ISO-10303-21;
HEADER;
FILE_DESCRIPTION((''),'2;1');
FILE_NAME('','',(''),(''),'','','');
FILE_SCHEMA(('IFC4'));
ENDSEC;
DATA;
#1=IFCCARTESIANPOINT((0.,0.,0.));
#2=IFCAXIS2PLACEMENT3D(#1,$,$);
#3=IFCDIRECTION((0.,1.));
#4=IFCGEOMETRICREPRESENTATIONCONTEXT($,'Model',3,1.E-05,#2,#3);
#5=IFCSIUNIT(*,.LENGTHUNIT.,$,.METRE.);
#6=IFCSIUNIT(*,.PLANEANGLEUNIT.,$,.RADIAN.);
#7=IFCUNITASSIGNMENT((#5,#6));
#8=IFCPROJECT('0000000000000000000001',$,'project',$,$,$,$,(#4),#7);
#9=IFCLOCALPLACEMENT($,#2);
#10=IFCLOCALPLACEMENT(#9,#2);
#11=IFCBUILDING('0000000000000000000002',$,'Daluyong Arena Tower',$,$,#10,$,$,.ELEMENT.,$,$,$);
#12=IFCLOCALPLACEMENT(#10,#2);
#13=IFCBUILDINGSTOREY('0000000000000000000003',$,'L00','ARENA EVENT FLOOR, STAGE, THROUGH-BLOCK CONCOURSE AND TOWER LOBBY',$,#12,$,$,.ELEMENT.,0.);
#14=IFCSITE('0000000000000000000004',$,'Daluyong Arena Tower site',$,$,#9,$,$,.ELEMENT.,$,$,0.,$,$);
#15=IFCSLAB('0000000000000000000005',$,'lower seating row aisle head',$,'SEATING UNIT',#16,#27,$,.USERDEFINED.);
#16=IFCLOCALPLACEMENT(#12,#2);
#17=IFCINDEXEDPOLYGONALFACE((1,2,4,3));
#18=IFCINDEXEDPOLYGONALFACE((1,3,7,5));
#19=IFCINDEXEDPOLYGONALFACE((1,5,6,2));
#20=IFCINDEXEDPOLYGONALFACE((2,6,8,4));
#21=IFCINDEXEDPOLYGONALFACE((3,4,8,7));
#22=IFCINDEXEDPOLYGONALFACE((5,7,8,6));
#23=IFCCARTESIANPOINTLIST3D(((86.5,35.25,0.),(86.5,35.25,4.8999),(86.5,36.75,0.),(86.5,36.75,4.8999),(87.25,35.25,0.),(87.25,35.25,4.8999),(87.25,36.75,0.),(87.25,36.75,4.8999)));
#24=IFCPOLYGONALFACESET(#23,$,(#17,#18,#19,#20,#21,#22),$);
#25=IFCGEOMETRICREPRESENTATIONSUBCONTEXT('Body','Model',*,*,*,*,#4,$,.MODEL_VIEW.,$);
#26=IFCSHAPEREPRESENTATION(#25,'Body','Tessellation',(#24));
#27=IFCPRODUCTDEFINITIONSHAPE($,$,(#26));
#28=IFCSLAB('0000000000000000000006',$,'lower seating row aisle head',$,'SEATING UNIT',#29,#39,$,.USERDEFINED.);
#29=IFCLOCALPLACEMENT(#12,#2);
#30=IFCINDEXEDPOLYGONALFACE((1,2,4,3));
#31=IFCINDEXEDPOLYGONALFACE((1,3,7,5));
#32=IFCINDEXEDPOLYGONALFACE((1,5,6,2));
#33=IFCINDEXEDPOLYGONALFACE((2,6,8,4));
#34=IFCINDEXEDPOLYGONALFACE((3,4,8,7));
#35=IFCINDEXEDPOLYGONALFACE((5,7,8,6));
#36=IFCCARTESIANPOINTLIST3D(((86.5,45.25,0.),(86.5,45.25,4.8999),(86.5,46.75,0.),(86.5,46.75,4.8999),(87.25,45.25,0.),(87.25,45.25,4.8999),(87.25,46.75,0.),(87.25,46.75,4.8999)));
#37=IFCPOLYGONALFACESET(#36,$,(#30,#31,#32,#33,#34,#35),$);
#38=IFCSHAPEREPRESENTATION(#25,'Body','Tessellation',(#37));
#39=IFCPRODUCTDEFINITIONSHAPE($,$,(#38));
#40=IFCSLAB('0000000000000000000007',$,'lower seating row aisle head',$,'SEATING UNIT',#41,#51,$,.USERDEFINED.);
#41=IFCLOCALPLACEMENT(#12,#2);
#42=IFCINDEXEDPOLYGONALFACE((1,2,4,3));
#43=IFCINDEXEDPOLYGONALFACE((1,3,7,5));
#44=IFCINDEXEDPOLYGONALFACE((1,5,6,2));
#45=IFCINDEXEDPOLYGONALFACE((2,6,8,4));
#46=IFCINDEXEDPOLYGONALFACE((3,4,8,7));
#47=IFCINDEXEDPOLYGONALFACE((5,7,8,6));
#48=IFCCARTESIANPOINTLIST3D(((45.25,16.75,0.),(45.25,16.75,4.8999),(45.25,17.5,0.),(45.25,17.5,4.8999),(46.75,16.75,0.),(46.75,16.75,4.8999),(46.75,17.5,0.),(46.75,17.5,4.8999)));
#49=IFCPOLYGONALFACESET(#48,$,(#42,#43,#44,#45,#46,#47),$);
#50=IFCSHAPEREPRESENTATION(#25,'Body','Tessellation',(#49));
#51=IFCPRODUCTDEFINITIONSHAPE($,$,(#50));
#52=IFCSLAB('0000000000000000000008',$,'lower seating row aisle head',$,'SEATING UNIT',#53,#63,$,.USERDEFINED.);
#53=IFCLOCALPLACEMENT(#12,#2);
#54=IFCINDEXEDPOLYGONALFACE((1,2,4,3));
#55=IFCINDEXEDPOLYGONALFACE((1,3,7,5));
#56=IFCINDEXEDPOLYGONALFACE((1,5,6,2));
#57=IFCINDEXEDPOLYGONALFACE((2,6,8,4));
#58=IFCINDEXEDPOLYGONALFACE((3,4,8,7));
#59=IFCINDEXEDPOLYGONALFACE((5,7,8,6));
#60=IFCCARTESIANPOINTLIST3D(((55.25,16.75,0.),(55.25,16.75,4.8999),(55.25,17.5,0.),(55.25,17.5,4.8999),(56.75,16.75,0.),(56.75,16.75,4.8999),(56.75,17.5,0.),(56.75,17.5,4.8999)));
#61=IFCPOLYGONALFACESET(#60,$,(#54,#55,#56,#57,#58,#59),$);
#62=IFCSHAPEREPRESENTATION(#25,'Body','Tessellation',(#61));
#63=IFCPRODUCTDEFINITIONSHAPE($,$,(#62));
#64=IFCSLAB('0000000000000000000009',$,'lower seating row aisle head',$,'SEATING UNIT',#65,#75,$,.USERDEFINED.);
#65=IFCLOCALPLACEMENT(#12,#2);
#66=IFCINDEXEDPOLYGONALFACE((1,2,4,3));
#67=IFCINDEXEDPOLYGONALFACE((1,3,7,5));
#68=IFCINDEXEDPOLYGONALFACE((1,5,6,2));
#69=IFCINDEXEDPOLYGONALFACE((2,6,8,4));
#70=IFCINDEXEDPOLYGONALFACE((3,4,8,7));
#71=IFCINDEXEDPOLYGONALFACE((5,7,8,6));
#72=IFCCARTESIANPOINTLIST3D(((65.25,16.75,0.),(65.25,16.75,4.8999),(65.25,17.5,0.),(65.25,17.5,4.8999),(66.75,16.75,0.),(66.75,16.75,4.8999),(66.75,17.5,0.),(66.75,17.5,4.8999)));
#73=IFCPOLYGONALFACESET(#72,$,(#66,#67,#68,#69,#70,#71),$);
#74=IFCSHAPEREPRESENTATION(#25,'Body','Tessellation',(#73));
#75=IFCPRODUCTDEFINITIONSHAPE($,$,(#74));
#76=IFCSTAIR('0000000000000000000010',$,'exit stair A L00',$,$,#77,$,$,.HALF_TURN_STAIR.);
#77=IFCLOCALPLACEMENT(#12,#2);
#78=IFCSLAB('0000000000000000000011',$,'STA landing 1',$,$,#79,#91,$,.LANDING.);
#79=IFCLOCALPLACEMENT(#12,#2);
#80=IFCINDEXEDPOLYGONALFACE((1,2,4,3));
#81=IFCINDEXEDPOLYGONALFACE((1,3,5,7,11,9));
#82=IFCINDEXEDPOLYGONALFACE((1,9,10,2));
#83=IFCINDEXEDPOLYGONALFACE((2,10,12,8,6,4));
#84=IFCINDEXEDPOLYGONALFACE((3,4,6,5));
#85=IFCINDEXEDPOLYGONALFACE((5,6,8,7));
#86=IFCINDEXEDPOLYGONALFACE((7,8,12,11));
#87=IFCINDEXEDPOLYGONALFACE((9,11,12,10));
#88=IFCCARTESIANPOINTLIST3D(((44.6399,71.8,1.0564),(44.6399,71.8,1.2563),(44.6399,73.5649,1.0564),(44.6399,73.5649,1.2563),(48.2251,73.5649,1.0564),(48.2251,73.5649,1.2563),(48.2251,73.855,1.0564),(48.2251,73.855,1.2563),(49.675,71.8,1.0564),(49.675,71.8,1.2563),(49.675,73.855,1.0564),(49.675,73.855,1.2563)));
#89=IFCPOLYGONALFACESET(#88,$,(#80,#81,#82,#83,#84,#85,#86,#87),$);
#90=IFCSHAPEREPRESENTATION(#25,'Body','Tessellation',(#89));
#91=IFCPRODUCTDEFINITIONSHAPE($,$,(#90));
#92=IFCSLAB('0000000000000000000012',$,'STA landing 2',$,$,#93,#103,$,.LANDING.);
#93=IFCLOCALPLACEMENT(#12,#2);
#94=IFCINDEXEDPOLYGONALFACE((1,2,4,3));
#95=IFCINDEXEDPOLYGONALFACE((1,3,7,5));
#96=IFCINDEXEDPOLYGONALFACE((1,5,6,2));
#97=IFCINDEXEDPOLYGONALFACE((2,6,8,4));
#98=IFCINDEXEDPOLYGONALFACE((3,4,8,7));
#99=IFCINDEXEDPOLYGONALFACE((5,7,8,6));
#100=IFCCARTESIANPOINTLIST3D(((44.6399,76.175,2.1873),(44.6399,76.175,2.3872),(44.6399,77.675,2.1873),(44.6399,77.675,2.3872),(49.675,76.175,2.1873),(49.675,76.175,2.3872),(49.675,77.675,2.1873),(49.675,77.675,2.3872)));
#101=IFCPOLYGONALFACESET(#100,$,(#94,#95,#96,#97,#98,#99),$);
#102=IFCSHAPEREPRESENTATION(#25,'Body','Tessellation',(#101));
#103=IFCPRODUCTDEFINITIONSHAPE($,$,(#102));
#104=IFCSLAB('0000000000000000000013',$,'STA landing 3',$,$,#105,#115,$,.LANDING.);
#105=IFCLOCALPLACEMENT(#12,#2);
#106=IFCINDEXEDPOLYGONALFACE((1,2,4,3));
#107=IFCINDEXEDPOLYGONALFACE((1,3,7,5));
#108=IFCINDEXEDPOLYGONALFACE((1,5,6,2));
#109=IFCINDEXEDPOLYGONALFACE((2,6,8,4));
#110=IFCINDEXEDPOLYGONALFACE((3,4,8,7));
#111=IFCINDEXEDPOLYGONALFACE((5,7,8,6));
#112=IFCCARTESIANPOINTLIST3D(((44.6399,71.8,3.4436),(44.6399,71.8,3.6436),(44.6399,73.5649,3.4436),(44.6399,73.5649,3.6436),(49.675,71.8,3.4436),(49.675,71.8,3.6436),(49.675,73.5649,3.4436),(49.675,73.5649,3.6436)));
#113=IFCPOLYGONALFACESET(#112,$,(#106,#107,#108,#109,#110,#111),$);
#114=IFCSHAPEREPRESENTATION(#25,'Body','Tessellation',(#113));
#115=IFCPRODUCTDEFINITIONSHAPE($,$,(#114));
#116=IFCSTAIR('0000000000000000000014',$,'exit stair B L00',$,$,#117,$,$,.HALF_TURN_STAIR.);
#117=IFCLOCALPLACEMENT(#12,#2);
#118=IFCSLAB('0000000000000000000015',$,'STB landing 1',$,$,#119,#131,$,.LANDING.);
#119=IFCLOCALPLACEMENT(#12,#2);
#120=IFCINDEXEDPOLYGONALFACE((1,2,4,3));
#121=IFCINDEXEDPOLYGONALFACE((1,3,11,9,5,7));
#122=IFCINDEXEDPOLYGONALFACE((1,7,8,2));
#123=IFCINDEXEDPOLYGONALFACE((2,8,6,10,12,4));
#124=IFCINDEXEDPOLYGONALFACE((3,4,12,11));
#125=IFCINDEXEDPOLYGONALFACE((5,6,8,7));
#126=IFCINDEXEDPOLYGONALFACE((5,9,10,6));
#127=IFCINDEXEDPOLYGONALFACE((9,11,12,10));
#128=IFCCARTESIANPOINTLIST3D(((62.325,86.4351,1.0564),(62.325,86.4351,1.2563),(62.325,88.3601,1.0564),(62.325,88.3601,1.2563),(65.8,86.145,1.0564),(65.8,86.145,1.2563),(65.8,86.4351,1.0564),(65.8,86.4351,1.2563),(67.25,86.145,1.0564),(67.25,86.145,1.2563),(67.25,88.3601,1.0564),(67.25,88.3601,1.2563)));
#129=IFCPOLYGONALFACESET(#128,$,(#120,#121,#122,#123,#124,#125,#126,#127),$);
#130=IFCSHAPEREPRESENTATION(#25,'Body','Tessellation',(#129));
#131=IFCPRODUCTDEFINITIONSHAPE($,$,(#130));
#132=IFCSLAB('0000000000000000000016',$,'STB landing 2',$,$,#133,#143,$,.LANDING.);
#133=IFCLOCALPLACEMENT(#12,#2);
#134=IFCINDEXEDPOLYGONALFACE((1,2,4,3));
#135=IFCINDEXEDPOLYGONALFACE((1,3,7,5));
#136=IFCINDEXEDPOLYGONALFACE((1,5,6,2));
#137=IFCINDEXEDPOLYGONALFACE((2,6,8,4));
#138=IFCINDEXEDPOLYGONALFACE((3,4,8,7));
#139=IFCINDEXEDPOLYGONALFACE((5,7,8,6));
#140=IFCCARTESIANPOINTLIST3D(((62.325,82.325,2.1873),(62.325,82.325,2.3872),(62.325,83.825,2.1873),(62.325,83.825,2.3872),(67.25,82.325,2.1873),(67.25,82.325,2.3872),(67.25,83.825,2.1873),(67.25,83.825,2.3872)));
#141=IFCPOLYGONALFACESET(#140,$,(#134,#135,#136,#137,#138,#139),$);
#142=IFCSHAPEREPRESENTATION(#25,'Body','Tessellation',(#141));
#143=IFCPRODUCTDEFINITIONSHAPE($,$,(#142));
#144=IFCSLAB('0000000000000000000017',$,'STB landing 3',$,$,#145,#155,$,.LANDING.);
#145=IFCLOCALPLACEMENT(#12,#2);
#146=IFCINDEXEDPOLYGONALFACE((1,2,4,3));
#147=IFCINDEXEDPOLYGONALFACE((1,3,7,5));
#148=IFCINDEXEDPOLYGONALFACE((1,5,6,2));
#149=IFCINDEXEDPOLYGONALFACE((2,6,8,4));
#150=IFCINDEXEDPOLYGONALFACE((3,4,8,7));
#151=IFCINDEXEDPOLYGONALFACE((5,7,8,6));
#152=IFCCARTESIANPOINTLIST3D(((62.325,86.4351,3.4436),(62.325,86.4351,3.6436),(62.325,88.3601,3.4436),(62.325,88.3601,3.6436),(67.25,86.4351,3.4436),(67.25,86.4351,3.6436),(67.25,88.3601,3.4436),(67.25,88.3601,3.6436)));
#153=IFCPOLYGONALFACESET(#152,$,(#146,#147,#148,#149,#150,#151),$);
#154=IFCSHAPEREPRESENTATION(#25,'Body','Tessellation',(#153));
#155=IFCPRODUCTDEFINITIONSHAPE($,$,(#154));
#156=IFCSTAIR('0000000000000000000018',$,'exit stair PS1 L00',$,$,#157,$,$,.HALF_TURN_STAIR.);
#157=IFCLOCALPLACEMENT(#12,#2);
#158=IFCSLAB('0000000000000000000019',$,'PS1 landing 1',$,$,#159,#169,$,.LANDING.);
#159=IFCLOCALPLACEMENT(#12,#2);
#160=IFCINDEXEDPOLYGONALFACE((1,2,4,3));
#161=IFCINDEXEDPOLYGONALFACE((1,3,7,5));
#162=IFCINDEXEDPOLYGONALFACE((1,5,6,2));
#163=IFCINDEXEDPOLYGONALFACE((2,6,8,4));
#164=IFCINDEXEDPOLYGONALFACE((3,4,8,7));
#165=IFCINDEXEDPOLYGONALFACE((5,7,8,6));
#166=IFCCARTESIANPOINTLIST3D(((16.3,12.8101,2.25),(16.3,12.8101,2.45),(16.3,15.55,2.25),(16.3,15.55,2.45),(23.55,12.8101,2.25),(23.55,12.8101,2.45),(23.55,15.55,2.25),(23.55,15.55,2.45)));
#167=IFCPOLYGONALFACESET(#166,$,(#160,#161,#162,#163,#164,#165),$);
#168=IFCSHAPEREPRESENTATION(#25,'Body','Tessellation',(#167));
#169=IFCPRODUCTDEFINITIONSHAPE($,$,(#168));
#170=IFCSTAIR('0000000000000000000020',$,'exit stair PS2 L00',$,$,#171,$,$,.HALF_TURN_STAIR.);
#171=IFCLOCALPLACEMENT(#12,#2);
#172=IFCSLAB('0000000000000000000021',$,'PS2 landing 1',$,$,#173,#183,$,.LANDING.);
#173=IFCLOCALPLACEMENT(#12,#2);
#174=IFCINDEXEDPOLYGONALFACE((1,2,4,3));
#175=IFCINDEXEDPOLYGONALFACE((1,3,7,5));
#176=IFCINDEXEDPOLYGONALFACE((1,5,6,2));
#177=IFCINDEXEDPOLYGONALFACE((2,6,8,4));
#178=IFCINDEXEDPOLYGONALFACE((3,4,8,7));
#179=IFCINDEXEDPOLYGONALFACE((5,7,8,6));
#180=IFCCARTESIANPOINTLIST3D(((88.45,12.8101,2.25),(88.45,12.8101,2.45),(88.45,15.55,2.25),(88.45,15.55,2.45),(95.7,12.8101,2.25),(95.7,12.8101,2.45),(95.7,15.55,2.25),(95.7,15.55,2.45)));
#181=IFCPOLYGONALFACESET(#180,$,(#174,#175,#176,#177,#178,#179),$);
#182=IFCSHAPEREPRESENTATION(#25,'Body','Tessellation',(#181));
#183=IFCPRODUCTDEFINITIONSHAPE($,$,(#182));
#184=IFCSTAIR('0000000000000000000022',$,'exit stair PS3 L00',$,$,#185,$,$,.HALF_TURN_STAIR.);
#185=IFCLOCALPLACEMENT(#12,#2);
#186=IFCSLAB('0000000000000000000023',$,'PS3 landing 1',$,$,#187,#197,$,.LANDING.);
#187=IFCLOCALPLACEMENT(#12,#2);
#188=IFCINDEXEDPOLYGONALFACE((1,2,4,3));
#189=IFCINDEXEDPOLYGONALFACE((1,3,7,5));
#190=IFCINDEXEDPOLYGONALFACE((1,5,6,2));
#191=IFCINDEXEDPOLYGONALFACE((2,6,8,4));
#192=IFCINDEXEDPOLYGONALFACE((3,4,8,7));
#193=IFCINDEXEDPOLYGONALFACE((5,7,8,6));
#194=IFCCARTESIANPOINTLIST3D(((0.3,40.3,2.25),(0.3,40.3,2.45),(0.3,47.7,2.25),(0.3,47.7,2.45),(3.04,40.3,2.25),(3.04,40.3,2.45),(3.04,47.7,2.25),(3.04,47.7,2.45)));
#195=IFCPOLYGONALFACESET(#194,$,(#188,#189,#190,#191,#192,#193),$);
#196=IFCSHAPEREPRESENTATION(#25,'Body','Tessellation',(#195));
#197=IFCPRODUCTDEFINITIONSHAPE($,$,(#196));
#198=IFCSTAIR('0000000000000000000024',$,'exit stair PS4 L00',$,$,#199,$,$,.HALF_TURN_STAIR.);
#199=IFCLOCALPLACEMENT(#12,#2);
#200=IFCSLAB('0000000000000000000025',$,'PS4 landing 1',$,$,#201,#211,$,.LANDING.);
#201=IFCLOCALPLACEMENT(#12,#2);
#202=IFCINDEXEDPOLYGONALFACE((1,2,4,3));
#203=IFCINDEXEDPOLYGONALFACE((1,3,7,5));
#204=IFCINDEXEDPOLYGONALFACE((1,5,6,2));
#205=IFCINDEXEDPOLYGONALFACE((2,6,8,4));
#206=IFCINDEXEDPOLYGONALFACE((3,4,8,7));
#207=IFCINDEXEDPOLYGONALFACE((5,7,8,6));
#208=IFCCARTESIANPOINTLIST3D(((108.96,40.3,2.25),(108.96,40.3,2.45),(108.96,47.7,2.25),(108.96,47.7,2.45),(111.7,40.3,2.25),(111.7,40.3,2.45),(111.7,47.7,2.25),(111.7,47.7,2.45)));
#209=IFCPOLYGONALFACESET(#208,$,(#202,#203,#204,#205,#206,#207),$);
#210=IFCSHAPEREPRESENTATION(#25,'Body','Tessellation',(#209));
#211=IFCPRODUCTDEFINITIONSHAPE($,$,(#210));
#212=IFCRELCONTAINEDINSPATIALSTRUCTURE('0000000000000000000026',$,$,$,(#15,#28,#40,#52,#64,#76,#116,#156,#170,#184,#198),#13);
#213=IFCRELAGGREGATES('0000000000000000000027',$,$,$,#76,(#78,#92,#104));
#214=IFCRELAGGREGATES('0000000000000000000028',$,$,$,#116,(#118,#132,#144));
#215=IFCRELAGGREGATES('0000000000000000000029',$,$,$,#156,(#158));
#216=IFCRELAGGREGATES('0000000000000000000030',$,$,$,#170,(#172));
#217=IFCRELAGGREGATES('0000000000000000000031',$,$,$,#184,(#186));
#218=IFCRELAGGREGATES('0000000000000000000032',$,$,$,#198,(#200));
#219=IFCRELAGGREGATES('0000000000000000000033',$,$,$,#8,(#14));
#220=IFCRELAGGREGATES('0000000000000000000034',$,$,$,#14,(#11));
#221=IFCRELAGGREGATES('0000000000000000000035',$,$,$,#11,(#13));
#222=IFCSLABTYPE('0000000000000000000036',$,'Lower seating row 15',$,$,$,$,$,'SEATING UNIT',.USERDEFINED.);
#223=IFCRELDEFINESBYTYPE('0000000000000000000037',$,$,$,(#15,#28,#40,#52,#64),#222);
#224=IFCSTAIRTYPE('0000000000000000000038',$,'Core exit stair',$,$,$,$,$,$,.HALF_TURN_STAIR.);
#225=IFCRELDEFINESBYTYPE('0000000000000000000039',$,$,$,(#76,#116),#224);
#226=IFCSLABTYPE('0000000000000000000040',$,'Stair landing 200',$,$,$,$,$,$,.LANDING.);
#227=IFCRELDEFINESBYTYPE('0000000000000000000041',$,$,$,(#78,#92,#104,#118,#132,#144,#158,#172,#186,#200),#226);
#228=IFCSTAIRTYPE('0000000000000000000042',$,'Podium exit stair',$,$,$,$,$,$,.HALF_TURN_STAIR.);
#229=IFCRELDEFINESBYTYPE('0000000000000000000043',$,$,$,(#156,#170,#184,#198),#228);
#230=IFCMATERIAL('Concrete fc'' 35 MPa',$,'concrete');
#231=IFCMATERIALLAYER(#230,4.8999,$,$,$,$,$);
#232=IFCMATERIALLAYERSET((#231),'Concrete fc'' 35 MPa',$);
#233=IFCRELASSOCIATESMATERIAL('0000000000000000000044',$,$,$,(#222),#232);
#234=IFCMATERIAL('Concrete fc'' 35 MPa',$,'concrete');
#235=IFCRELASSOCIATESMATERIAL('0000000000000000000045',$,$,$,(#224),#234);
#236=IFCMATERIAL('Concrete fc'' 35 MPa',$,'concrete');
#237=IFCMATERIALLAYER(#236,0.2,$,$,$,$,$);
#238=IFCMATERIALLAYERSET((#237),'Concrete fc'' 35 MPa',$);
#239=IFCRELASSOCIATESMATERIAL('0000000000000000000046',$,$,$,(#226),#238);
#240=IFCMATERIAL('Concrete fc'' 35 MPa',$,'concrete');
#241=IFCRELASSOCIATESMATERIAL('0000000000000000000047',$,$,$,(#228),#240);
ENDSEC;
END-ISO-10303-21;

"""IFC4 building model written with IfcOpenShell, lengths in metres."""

from ifc_helpers import new_model, si_unit, direction, frame, origin, place, context, subcontext, project, spatial, polyline, outline, extrude, material, layer, layer_set, type_object, element, aggregate, save


model = new_model("IFC4")

# Units and contexts
model_context = context("Model", 3, precision=1e-05, world=origin(), true_north=direction((0.0, 1.0)))
body_context = subcontext(model_context, "Body", "Model", "MODEL_VIEW")
ifc_project = project(units=[si_unit("LENGTHUNIT", "METRE"), si_unit("PLANEANGLEUNIT", "RADIAN")], contexts=[model_context])

# Site, building, storey
site_placement = place(None, origin())
site = spatial("IfcSite", under=ifc_project, at=site_placement, Name="Daluyong Arena Tower site", CompositionType="ELEMENT", RefElevation=0.0)
building_placement = place(site_placement, origin())
building = spatial("IfcBuilding", under=site, at=building_placement, Name="Daluyong Arena Tower", CompositionType="ELEMENT")
storey_placement = place(building_placement, origin())
storey = spatial("IfcBuildingStorey", under=building, at=storey_placement, Name="L00", Description="ARENA EVENT FLOOR, STAGE, THROUGH-BLOCK CONCOURSE AND TOWER LOBBY", CompositionType="ELEMENT", Elevation=0.0)

# Slabs
ifc_material_1 = material(Name="Concrete fc' 35 MPa", Category="concrete")
ifc_layer_1 = layer(ifc_material_1, 4.8999)
ifc_layer_set_1 = layer_set([ifc_layer_1], Name="Concrete fc' 35 MPa")
slab_type_1 = type_object("IfcSlabType", Name="Lower seating row 15", ElementType="SEATING UNIT", PredefinedType="USERDEFINED", material=ifc_layer_set_1)
slab_1_placement = place(storey_placement, origin())
element("IfcSlab", 1, at=slab_1_placement, inside=storey, type_object=slab_type_1, Name="lower seating row aisle head", ObjectType="SEATING UNIT", PredefinedType="USERDEFINED", context=body_context, shape_type="SweptSolid", body=[
    extrude(outline(polyline([(87.25, 35.25), (87.25, 36.75), (86.5, 36.75), (86.5, 35.25), (87.25, 35.25)])), origin(), (0.0, 0.0, 1.0), 4.8999),
])
slab_2_placement = place(storey_placement, origin())
element("IfcSlab", 2, at=slab_2_placement, inside=storey, type_object=slab_type_1, Name="lower seating row aisle head", ObjectType="SEATING UNIT", PredefinedType="USERDEFINED", context=body_context, shape_type="SweptSolid", body=[
    extrude(outline(polyline([(87.25, 45.25), (87.25, 46.75), (86.5, 46.75), (86.5, 45.25), (87.25, 45.25)])), origin(), (0.0, 0.0, 1.0), 4.8999),
])
slab_3_placement = place(storey_placement, origin())
element("IfcSlab", 3, at=slab_3_placement, inside=storey, type_object=slab_type_1, Name="lower seating row aisle head", ObjectType="SEATING UNIT", PredefinedType="USERDEFINED", context=body_context, shape_type="SweptSolid", body=[
    extrude(outline(polyline([(46.75, 16.75), (46.75, 17.5), (45.25, 17.5), (45.25, 16.75), (46.75, 16.75)])), origin(), (0.0, 0.0, 1.0), 4.8999),
])
slab_4_placement = place(storey_placement, origin())
element("IfcSlab", 4, at=slab_4_placement, inside=storey, type_object=slab_type_1, Name="lower seating row aisle head", ObjectType="SEATING UNIT", PredefinedType="USERDEFINED", context=body_context, shape_type="SweptSolid", body=[
    extrude(outline(polyline([(56.75, 16.75), (56.75, 17.5), (55.25, 17.5), (55.25, 16.75), (56.75, 16.75)])), origin(), (0.0, 0.0, 1.0), 4.8999),
])
slab_5_placement = place(storey_placement, origin())
element("IfcSlab", 5, at=slab_5_placement, inside=storey, type_object=slab_type_1, Name="lower seating row aisle head", ObjectType="SEATING UNIT", PredefinedType="USERDEFINED", context=body_context, shape_type="SweptSolid", body=[
    extrude(outline(polyline([(66.75, 16.75), (66.75, 17.5), (65.25, 17.5), (65.25, 16.75), (66.75, 16.75)])), origin(), (0.0, 0.0, 1.0), 4.8999),
])

# Stairs, slabs
ifc_material_2 = material(Name="Concrete fc' 35 MPa", Category="concrete")
stair_type_1 = type_object("IfcStairType", Name="Core exit stair", PredefinedType="HALF_TURN_STAIR", material=ifc_material_2)
stair_1_placement = place(storey_placement, origin())
stair_1 = element("IfcStair", 6, at=stair_1_placement, inside=storey, type_object=stair_type_1, Name="exit stair A L00", PredefinedType="HALF_TURN_STAIR")
ifc_material_3 = material(Name="Concrete fc' 35 MPa", Category="concrete")
ifc_layer_2 = layer(ifc_material_3, 0.2)
ifc_layer_set_2 = layer_set([ifc_layer_2], Name="Concrete fc' 35 MPa")
slab_type_2 = type_object("IfcSlabType", Name="Stair landing 200", PredefinedType="LANDING", material=ifc_layer_set_2)
slab_6_placement = place(storey_placement, frame((0.0, 0.0, 1.0564)))
slab_6 = element("IfcSlab", 7, at=slab_6_placement, type_object=slab_type_2, Name="STA landing 1", PredefinedType="LANDING", context=body_context, shape_type="SweptSolid", body=[
    extrude(outline(polyline([(44.6399, 71.8), (49.675, 71.8), (49.675, 73.855), (48.2251, 73.855), (48.2251, 73.5649), (44.6399, 73.5649), (44.6399, 71.8)])), origin(), (0.0, 0.0, 1.0), 0.2),
])
slab_7_placement = place(storey_placement, frame((0.0, 0.0, 2.1873)))
slab_7 = element("IfcSlab", 8, at=slab_7_placement, type_object=slab_type_2, Name="STA landing 2", PredefinedType="LANDING", context=body_context, shape_type="SweptSolid", body=[
    extrude(outline(polyline([(44.6399, 76.175), (49.675, 76.175), (49.675, 77.675), (44.6399, 77.675), (44.6399, 76.175)])), origin(), (0.0, 0.0, 1.0), 0.2),
])
slab_8_placement = place(storey_placement, frame((0.0, 0.0, 3.4436)))
slab_8 = element("IfcSlab", 9, at=slab_8_placement, type_object=slab_type_2, Name="STA landing 3", PredefinedType="LANDING", context=body_context, shape_type="SweptSolid", body=[
    extrude(outline(polyline([(44.6399, 71.8), (49.675, 71.8), (49.675, 73.5649), (44.6399, 73.5649), (44.6399, 71.8)])), origin(), (0.0, 0.0, 1.0), 0.2),
])
aggregate(stair_1, [slab_6, slab_7, slab_8])
stair_2_placement = place(storey_placement, origin())
stair_2 = element("IfcStair", 10, at=stair_2_placement, inside=storey, type_object=stair_type_1, Name="exit stair B L00", PredefinedType="HALF_TURN_STAIR")
slab_9_placement = place(storey_placement, frame((0.0, 0.0, 1.0564)))
slab_9 = element("IfcSlab", 11, at=slab_9_placement, type_object=slab_type_2, Name="STB landing 1", PredefinedType="LANDING", context=body_context, shape_type="SweptSolid", body=[
    extrude(outline(polyline([(62.325, 86.4351), (65.8, 86.4351), (65.8, 86.145), (67.25, 86.145), (67.25, 88.3601), (62.325, 88.3601), (62.325, 86.4351)])), origin(), (0.0, 0.0, 1.0), 0.2),
])
slab_10_placement = place(storey_placement, frame((0.0, 0.0, 2.1873)))
slab_10 = element("IfcSlab", 12, at=slab_10_placement, type_object=slab_type_2, Name="STB landing 2", PredefinedType="LANDING", context=body_context, shape_type="SweptSolid", body=[
    extrude(outline(polyline([(62.325, 82.325), (67.25, 82.325), (67.25, 83.825), (62.325, 83.825), (62.325, 82.325)])), origin(), (0.0, 0.0, 1.0), 0.2),
])
slab_11_placement = place(storey_placement, frame((0.0, 0.0, 3.4436)))
slab_11 = element("IfcSlab", 13, at=slab_11_placement, type_object=slab_type_2, Name="STB landing 3", PredefinedType="LANDING", context=body_context, shape_type="SweptSolid", body=[
    extrude(outline(polyline([(62.325, 86.4351), (67.25, 86.4351), (67.25, 88.3601), (62.325, 88.3601), (62.325, 86.4351)])), origin(), (0.0, 0.0, 1.0), 0.2),
])
aggregate(stair_2, [slab_9, slab_10, slab_11])

# Stairs, slabs
ifc_material_4 = material(Name="Concrete fc' 35 MPa", Category="concrete")
stair_type_2 = type_object("IfcStairType", Name="Podium exit stair", PredefinedType="HALF_TURN_STAIR", material=ifc_material_4)
stair_3_placement = place(storey_placement, origin())
stair_3 = element("IfcStair", 14, at=stair_3_placement, inside=storey, type_object=stair_type_2, Name="exit stair PS1 L00", PredefinedType="HALF_TURN_STAIR")
slab_12_placement = place(storey_placement, frame((0.0, 0.0, 2.25)))
slab_12 = element("IfcSlab", 15, at=slab_12_placement, type_object=slab_type_2, Name="PS1 landing 1", PredefinedType="LANDING", context=body_context, shape_type="SweptSolid", body=[
    extrude(outline(polyline([(16.3, 12.8101), (23.55, 12.8101), (23.55, 15.55), (16.3, 15.55), (16.3, 12.8101)])), origin(), (0.0, 0.0, 1.0), 0.2),
])
aggregate(stair_3, [slab_12])
stair_4_placement = place(storey_placement, origin())
stair_4 = element("IfcStair", 16, at=stair_4_placement, inside=storey, type_object=stair_type_2, Name="exit stair PS2 L00", PredefinedType="HALF_TURN_STAIR")
slab_13_placement = place(storey_placement, frame((0.0, 0.0, 2.25)))
slab_13 = element("IfcSlab", 17, at=slab_13_placement, type_object=slab_type_2, Name="PS2 landing 1", PredefinedType="LANDING", context=body_context, shape_type="SweptSolid", body=[
    extrude(outline(polyline([(88.45, 12.8101), (95.7, 12.8101), (95.7, 15.55), (88.45, 15.55), (88.45, 12.8101)])), origin(), (0.0, 0.0, 1.0), 0.2),
])
aggregate(stair_4, [slab_13])
stair_5_placement = place(storey_placement, origin())
stair_5 = element("IfcStair", 18, at=stair_5_placement, inside=storey, type_object=stair_type_2, Name="exit stair PS3 L00", PredefinedType="HALF_TURN_STAIR")
slab_14_placement = place(storey_placement, frame((0.0, 0.0, 2.25)))
slab_14 = element("IfcSlab", 19, at=slab_14_placement, type_object=slab_type_2, Name="PS3 landing 1", PredefinedType="LANDING", context=body_context, shape_type="SweptSolid", body=[
    extrude(outline(polyline([(3.04, 40.3), (3.04, 47.7), (0.3, 47.7), (0.3, 40.3), (3.04, 40.3)])), origin(), (0.0, 0.0, 1.0), 0.2),
])
aggregate(stair_5, [slab_14])
stair_6_placement = place(storey_placement, origin())
stair_6 = element("IfcStair", 20, at=stair_6_placement, inside=storey, type_object=stair_type_2, Name="exit stair PS4 L00", PredefinedType="HALF_TURN_STAIR")
slab_15_placement = place(storey_placement, frame((0.0, 0.0, 2.25)))
slab_15 = element("IfcSlab", 21, at=slab_15_placement, type_object=slab_type_2, Name="PS4 landing 1", PredefinedType="LANDING", context=body_context, shape_type="SweptSolid", body=[
    extrude(outline(polyline([(111.7, 40.3), (111.7, 47.7), (108.96, 47.7), (108.96, 40.3), (111.7, 40.3)])), origin(), (0.0, 0.0, 1.0), 0.2),
])
aggregate(stair_6, [slab_15])

save(model, "model.ifc")
